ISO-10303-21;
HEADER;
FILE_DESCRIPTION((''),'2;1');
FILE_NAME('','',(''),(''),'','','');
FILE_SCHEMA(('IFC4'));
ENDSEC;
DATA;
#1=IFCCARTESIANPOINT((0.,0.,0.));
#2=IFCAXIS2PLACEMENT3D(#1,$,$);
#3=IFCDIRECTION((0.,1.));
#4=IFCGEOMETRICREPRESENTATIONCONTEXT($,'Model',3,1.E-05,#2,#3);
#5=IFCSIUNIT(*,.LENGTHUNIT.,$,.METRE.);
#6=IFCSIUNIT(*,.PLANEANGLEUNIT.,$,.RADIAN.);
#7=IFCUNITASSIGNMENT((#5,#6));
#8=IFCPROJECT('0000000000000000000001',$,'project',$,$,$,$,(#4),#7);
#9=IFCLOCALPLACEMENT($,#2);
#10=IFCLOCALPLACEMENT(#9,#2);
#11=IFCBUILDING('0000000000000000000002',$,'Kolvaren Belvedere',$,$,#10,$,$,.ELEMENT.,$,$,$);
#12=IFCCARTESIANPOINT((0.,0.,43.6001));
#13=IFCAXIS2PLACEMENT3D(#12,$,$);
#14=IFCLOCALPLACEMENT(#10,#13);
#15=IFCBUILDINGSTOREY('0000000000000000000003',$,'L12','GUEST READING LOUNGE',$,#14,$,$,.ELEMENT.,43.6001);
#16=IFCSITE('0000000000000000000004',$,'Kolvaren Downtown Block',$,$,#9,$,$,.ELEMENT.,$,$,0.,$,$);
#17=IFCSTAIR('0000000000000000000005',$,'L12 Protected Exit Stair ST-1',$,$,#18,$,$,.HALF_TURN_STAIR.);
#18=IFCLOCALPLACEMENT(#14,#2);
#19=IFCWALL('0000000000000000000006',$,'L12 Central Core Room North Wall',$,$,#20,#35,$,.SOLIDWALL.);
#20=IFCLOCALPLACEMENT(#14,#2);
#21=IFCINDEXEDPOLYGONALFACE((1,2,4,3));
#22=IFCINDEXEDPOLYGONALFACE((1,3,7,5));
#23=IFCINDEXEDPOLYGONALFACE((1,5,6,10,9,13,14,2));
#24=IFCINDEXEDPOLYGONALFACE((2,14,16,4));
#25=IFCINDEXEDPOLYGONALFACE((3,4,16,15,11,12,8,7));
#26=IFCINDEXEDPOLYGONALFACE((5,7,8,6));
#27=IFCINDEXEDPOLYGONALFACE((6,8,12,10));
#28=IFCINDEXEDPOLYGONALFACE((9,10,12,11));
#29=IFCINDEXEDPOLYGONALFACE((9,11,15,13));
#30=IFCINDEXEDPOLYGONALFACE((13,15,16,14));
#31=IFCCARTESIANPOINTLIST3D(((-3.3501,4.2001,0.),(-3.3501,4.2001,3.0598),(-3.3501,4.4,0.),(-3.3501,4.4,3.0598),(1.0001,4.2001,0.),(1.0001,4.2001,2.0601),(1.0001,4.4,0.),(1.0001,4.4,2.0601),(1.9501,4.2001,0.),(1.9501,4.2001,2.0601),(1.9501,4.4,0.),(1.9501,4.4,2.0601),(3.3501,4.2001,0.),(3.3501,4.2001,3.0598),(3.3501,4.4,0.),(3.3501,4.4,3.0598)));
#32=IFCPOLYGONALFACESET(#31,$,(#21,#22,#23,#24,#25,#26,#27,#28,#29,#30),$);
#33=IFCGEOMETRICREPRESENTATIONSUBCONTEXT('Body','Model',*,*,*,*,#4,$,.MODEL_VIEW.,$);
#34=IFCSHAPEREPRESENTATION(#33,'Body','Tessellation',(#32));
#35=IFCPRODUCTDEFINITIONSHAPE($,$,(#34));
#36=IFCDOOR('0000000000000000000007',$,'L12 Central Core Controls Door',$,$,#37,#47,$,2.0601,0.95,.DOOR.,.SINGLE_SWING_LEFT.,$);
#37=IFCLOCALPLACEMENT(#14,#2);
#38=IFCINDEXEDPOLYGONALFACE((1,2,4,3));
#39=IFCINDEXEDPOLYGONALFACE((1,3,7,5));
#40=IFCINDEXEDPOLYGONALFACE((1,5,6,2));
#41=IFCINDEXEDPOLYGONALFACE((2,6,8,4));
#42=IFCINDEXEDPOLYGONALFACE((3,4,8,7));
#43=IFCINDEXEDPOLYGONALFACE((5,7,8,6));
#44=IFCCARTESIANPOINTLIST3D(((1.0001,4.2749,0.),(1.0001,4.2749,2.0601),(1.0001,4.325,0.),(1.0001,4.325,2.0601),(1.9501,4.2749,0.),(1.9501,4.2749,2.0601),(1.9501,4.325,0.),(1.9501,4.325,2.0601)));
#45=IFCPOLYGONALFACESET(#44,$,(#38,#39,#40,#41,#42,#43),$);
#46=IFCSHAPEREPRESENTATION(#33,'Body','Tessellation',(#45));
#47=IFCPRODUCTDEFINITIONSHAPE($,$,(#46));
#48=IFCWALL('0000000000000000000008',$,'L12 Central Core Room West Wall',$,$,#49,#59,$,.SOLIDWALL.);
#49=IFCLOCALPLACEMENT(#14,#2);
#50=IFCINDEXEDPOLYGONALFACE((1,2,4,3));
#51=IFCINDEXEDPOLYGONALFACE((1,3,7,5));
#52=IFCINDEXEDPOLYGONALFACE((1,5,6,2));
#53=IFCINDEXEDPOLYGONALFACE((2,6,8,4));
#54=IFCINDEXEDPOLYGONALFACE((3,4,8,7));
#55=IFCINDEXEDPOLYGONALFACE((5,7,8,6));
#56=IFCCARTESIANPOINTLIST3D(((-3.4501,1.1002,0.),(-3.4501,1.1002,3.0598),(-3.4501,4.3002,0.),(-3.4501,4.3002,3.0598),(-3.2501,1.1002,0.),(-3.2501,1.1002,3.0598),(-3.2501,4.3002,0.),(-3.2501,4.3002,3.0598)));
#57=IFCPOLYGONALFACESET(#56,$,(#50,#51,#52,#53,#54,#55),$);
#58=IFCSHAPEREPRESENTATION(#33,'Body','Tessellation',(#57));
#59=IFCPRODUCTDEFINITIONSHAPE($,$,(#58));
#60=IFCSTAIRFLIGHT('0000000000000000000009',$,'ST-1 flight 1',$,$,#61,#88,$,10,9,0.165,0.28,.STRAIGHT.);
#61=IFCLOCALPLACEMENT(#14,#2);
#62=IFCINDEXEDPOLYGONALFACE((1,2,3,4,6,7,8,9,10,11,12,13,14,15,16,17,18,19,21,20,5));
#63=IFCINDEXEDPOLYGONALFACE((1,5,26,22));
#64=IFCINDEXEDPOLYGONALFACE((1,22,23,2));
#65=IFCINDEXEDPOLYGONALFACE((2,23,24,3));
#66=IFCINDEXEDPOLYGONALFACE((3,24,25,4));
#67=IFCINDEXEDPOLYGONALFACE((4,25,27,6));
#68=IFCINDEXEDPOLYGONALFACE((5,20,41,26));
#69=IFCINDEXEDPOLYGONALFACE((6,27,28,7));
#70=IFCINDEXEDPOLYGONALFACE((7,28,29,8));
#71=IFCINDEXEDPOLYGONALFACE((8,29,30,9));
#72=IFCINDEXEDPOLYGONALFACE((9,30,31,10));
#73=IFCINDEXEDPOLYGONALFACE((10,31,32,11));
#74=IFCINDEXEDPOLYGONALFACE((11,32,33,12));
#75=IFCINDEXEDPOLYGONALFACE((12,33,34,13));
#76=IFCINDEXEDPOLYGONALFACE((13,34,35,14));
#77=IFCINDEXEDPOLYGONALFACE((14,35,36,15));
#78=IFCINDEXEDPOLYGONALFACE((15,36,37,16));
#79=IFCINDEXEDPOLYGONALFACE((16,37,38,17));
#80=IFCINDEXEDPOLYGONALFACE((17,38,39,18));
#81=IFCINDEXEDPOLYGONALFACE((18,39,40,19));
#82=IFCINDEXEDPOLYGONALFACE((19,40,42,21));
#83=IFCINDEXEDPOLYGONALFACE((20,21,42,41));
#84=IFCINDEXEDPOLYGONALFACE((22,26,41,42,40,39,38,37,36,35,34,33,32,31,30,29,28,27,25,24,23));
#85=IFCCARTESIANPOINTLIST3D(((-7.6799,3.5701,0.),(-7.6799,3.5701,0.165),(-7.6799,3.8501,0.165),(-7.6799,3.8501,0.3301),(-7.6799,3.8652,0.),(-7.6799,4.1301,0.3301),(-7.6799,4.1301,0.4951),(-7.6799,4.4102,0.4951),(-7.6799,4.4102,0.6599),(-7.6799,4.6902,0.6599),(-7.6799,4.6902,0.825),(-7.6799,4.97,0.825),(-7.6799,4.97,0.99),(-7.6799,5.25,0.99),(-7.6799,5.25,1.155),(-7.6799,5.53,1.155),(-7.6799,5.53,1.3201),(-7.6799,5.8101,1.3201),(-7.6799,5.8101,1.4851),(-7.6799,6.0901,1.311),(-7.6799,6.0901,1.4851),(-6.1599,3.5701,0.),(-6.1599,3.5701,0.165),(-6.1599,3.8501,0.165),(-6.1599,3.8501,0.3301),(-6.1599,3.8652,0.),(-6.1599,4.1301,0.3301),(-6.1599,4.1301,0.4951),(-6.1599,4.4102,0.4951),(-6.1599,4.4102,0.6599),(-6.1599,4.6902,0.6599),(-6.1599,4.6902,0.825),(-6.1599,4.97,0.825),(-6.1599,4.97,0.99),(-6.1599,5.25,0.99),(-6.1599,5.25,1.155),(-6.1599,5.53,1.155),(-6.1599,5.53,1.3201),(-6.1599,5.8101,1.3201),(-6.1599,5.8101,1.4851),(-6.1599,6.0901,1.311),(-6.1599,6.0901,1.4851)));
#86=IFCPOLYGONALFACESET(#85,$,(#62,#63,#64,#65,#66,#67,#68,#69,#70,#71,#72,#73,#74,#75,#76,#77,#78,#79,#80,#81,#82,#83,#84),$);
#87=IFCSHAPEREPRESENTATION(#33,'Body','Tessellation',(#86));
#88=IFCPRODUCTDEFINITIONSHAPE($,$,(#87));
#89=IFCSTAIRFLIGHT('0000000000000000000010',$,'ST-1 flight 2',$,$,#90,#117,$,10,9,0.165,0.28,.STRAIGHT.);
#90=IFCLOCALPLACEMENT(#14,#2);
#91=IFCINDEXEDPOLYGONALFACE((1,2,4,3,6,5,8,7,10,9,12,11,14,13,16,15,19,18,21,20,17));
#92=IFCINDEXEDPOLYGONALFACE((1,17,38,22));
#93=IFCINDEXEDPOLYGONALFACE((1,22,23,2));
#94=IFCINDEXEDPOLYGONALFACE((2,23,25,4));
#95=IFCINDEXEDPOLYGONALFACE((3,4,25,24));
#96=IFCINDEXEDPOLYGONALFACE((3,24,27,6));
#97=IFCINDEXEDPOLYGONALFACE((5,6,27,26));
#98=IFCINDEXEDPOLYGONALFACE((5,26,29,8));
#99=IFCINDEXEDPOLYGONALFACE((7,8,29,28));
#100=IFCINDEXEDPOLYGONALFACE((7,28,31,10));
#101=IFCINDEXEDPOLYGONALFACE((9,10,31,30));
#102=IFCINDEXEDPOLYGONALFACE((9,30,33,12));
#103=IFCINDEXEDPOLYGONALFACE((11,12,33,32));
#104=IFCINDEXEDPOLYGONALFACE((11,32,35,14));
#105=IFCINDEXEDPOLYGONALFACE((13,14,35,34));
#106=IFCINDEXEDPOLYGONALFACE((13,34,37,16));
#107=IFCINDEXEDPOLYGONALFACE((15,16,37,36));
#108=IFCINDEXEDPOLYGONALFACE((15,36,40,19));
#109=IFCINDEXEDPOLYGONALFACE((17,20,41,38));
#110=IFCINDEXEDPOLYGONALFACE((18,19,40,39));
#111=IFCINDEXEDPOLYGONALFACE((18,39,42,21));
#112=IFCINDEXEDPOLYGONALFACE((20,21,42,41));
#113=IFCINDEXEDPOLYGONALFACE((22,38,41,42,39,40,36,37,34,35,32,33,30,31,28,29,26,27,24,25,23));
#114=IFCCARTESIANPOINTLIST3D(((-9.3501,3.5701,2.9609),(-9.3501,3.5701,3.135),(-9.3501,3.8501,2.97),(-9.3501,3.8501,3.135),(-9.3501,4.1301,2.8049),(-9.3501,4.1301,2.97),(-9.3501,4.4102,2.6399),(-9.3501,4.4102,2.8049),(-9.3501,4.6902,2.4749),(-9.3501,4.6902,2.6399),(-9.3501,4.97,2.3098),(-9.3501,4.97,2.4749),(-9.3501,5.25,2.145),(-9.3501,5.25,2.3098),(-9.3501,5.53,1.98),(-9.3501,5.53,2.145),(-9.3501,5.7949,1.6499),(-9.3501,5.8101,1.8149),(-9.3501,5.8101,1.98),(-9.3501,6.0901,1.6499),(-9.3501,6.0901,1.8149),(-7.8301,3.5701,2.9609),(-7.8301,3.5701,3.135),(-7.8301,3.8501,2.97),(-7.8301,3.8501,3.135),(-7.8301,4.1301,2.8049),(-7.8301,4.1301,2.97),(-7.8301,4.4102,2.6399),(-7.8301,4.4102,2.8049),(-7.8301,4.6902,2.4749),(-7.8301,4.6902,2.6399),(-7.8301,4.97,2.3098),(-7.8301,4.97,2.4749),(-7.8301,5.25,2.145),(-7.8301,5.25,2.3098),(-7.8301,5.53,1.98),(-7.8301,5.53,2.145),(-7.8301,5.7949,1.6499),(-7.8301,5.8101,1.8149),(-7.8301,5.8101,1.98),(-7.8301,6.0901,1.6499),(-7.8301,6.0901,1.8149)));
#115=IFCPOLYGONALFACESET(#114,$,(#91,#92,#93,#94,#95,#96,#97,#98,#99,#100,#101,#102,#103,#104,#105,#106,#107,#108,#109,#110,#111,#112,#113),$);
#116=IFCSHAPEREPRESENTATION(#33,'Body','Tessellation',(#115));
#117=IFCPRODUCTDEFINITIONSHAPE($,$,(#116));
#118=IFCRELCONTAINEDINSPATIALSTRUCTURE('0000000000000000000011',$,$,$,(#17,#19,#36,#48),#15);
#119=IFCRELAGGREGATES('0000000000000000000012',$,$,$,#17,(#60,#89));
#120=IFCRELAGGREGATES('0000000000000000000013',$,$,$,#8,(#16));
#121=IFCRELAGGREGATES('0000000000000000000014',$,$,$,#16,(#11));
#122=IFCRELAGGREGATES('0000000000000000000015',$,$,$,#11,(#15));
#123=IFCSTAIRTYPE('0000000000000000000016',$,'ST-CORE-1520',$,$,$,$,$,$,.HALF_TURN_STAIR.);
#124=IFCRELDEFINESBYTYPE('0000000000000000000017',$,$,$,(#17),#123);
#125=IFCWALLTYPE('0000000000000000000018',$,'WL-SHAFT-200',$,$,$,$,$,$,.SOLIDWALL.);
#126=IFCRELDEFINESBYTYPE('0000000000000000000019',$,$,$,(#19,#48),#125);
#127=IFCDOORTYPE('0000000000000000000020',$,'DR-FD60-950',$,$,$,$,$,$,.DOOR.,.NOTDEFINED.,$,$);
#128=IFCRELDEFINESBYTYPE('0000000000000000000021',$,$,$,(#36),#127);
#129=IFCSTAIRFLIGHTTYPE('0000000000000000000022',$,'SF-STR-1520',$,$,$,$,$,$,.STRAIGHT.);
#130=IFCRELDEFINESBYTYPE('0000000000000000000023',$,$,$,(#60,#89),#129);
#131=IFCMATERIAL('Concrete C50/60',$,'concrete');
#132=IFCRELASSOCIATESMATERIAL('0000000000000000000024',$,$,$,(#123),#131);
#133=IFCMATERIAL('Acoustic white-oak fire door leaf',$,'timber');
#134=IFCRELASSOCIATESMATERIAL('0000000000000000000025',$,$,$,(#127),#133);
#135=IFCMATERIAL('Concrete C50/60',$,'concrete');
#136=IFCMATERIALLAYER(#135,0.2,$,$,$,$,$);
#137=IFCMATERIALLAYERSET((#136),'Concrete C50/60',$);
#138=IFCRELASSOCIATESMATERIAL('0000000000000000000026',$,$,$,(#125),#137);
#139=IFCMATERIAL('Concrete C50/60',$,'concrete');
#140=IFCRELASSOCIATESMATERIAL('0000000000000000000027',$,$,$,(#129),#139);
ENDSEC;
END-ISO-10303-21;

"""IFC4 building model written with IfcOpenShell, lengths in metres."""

from ifc_helpers import new_model, si_unit, direction, frame, frame_2d, origin, place, context, subcontext, project, spatial, polyline, rectangle, outline, extrude, material, layer, layer_set, type_object, element, fill, aggregate, save


model = new_model("IFC4")

# Units and contexts
model_context = context("Model", 3, precision=1e-05, world=origin(), true_north=direction((0.0, 1.0)))
body_context = subcontext(model_context, "Body", "Model", "MODEL_VIEW")
ifc_project = project(units=[si_unit("LENGTHUNIT", "METRE"), si_unit("PLANEANGLEUNIT", "RADIAN")], contexts=[model_context])

# Site, building, storey
site_placement = place(None, origin())
site = spatial("IfcSite", under=ifc_project, at=site_placement, Name="Kolvaren Downtown Block", CompositionType="ELEMENT", RefElevation=0.0)
building_placement = place(site_placement, origin())
building = spatial("IfcBuilding", under=site, at=building_placement, Name="Kolvaren Belvedere", CompositionType="ELEMENT")
storey_placement = place(building_placement, frame((0.0, 0.0, 43.6001)))
storey = spatial("IfcBuildingStorey", under=building, at=storey_placement, Name="L12", Description="GUEST READING LOUNGE", CompositionType="ELEMENT", Elevation=43.6001)

# Stair
ifc_material_1 = material(Name="Concrete C50/60", Category="concrete")
stair_type = type_object("IfcStairType", Name="ST-CORE-1520", PredefinedType="HALF_TURN_STAIR", material=ifc_material_1)
stair_placement = place(storey_placement, origin())
stair = element("IfcStair", 1, at=stair_placement, inside=storey, type_object=stair_type, Name="L12 Protected Exit Stair ST-1", PredefinedType="HALF_TURN_STAIR")

# Shared definitions
ifc_material_2 = material(Name="Acoustic white-oak fire door leaf", Category="timber")
door_type_1 = type_object("IfcDoorType", Name="DR-FD60-950", OperationType="NOTDEFINED", PredefinedType="DOOR", material=ifc_material_2)

# Shared definitions
ifc_material_3 = material(Name="Concrete C50/60", Category="concrete")
ifc_layer_1 = layer(ifc_material_3, 0.2)
ifc_layer_set_1 = layer_set([ifc_layer_1], Name="Concrete C50/60")
wall_type_1 = type_object("IfcWallType", Name="WL-SHAFT-200", PredefinedType="SOLIDWALL", material=ifc_layer_set_1)

# Wall, opening, door
wall_1_placement = place(storey_placement, frame((-3.3501, 4.3, 0.0), z_axis=(0.0, 0.0, 1.0), x_axis=(1.0, 0.0, 0.0)))
wall_1 = element("IfcWall", 2, at=wall_1_placement, inside=storey, type_object=wall_type_1, Name="L12 Central Core Room North Wall", PredefinedType="SOLIDWALL", context=body_context, shape_type="SweptSolid", body=[
    extrude(rectangle(XDim=6.7002, YDim=0.2, at=frame_2d((3.3501, 0.0))), origin(), (0.0, 0.0, 1.0), 3.0598),
])
opening_1_placement = place(wall_1_placement, frame((4.3501, 0.0, 0.0)))
opening_1 = element("IfcOpeningElement", 3, at=opening_1_placement, cuts=wall_1, PredefinedType="OPENING", context=body_context, shape_type="SweptSolid", body=[
    extrude(rectangle(XDim=0.95, YDim=2.0601, at=frame_2d((0.4751, 1.03))), frame((0.0, 0.1099, 0.0), z_axis=(0.0, -1.0, 0.0), x_axis=(1.0, 0.0, 0.0)), (0.0, 0.0, 1.0), 0.22),
])
door_1_placement = place(opening_1_placement, origin())
door_1 = element("IfcDoor", 4, at=door_1_placement, inside=storey, type_object=door_type_1, Name="L12 Central Core Controls Door", OperationType="SINGLE_SWING_LEFT", OverallHeight=2.0601, OverallWidth=0.95, PredefinedType="DOOR", context=body_context, shape_type="SweptSolid", body=[
    extrude(rectangle(XDim=0.95, YDim=2.0601, at=frame_2d((0.4751, 1.03))), frame((0.0, 0.0249, 0.0), z_axis=(0.0, -1.0, 0.0), x_axis=(1.0, 0.0, 0.0)), (0.0, 0.0, 1.0), 0.05),
])
fill(opening_1, door_1)

# Wall
wall_2_placement = place(storey_placement, frame((-3.3501, 1.1001, 0.0), z_axis=(0.0, 0.0, 1.0), x_axis=(0.0, 1.0, 0.0)))
element("IfcWall", 5, at=wall_2_placement, inside=storey, type_object=wall_type_1, Name="L12 Central Core Room West Wall", PredefinedType="SOLIDWALL", context=body_context, shape_type="SweptSolid", body=[
    extrude(rectangle(XDim=3.2, YDim=0.2, at=frame_2d((1.6001, 0.0))), origin(), (0.0, 0.0, 1.0), 3.0598),
])

# Stair flights
ifc_material_4 = material(Name="Concrete C50/60", Category="concrete")
stair_flight_type = type_object("IfcStairFlightType", Name="SF-STR-1520", PredefinedType="STRAIGHT", material=ifc_material_4)
stair_flight_1_placement = place(storey_placement, frame((-6.9199, 3.5701, 0.0), z_axis=(0.0, 0.0, 1.0), x_axis=(0.0, 1.0, 0.0)))
stair_flight_1 = element("IfcStairFlight", 6, at=stair_flight_1_placement, type_object=stair_flight_type, Name="ST-1 flight 1", NumberOfRisers=10, NumberOfTreads=9, PredefinedType="STRAIGHT", RiserHeight=0.165, TreadLength=0.28, context=body_context, shape_type="SweptSolid", body=[
    extrude(outline(polyline([(0.0, 0.0), (0.0, 0.165), (0.28, 0.165), (0.28, 0.3301), (0.5601, 0.3301), (0.5601, 0.4951), (0.8401, 0.4951), (0.8401, 0.6599), (1.1201, 0.6599), (1.1201, 0.825), (1.3999, 0.825), (1.3999, 0.99), (1.6799, 0.99), (1.6799, 1.155), (1.96, 1.155), (1.96, 1.3201), (2.24, 1.3201), (2.24, 1.4851), (2.52, 1.4851), (2.52, 1.6499), (2.52, 1.311), (0.2952, 0.0), (0.0, 0.0)])), frame((0.0, 0.76, 0.0), z_axis=(0.0, -1.0, 0.0), x_axis=(1.0, 0.0, 0.0)), (0.0, 0.0, 1.0), 1.52),
])
stair_flight_2_placement = place(storey_placement, frame((-8.5901, 6.0901, 1.6499), z_axis=(0.0, 0.0, 1.0), x_axis=(0.0, -1.0, 0.0)))
stair_flight_2 = element("IfcStairFlight", 7, at=stair_flight_2_placement, type_object=stair_flight_type, Name="ST-1 flight 2", NumberOfRisers=10, NumberOfTreads=9, PredefinedType="STRAIGHT", RiserHeight=0.165, TreadLength=0.28, context=body_context, shape_type="SweptSolid", body=[
    extrude(outline(polyline([(0.0, 0.0), (0.0, 0.165), (0.28, 0.165), (0.28, 0.3301), (0.5601, 0.3301), (0.5601, 0.4951), (0.8401, 0.4951), (0.8401, 0.6599), (1.1201, 0.6599), (1.1201, 0.825), (1.3999, 0.825), (1.3999, 0.99), (1.6799, 0.99), (1.6799, 1.155), (1.96, 1.155), (1.96, 1.3201), (2.24, 1.3201), (2.24, 1.4851), (2.52, 1.4851), (2.52, 1.6499), (2.52, 1.311), (0.2952, 0.0), (0.0, 0.0)])), frame((0.0, 0.76, 0.0), z_axis=(0.0, -1.0, 0.0), x_axis=(1.0, 0.0, 0.0)), (0.0, 0.0, 1.0), 1.52),
])
aggregate(stair, [stair_flight_1, stair_flight_2])

save(model, "model.ifc")
